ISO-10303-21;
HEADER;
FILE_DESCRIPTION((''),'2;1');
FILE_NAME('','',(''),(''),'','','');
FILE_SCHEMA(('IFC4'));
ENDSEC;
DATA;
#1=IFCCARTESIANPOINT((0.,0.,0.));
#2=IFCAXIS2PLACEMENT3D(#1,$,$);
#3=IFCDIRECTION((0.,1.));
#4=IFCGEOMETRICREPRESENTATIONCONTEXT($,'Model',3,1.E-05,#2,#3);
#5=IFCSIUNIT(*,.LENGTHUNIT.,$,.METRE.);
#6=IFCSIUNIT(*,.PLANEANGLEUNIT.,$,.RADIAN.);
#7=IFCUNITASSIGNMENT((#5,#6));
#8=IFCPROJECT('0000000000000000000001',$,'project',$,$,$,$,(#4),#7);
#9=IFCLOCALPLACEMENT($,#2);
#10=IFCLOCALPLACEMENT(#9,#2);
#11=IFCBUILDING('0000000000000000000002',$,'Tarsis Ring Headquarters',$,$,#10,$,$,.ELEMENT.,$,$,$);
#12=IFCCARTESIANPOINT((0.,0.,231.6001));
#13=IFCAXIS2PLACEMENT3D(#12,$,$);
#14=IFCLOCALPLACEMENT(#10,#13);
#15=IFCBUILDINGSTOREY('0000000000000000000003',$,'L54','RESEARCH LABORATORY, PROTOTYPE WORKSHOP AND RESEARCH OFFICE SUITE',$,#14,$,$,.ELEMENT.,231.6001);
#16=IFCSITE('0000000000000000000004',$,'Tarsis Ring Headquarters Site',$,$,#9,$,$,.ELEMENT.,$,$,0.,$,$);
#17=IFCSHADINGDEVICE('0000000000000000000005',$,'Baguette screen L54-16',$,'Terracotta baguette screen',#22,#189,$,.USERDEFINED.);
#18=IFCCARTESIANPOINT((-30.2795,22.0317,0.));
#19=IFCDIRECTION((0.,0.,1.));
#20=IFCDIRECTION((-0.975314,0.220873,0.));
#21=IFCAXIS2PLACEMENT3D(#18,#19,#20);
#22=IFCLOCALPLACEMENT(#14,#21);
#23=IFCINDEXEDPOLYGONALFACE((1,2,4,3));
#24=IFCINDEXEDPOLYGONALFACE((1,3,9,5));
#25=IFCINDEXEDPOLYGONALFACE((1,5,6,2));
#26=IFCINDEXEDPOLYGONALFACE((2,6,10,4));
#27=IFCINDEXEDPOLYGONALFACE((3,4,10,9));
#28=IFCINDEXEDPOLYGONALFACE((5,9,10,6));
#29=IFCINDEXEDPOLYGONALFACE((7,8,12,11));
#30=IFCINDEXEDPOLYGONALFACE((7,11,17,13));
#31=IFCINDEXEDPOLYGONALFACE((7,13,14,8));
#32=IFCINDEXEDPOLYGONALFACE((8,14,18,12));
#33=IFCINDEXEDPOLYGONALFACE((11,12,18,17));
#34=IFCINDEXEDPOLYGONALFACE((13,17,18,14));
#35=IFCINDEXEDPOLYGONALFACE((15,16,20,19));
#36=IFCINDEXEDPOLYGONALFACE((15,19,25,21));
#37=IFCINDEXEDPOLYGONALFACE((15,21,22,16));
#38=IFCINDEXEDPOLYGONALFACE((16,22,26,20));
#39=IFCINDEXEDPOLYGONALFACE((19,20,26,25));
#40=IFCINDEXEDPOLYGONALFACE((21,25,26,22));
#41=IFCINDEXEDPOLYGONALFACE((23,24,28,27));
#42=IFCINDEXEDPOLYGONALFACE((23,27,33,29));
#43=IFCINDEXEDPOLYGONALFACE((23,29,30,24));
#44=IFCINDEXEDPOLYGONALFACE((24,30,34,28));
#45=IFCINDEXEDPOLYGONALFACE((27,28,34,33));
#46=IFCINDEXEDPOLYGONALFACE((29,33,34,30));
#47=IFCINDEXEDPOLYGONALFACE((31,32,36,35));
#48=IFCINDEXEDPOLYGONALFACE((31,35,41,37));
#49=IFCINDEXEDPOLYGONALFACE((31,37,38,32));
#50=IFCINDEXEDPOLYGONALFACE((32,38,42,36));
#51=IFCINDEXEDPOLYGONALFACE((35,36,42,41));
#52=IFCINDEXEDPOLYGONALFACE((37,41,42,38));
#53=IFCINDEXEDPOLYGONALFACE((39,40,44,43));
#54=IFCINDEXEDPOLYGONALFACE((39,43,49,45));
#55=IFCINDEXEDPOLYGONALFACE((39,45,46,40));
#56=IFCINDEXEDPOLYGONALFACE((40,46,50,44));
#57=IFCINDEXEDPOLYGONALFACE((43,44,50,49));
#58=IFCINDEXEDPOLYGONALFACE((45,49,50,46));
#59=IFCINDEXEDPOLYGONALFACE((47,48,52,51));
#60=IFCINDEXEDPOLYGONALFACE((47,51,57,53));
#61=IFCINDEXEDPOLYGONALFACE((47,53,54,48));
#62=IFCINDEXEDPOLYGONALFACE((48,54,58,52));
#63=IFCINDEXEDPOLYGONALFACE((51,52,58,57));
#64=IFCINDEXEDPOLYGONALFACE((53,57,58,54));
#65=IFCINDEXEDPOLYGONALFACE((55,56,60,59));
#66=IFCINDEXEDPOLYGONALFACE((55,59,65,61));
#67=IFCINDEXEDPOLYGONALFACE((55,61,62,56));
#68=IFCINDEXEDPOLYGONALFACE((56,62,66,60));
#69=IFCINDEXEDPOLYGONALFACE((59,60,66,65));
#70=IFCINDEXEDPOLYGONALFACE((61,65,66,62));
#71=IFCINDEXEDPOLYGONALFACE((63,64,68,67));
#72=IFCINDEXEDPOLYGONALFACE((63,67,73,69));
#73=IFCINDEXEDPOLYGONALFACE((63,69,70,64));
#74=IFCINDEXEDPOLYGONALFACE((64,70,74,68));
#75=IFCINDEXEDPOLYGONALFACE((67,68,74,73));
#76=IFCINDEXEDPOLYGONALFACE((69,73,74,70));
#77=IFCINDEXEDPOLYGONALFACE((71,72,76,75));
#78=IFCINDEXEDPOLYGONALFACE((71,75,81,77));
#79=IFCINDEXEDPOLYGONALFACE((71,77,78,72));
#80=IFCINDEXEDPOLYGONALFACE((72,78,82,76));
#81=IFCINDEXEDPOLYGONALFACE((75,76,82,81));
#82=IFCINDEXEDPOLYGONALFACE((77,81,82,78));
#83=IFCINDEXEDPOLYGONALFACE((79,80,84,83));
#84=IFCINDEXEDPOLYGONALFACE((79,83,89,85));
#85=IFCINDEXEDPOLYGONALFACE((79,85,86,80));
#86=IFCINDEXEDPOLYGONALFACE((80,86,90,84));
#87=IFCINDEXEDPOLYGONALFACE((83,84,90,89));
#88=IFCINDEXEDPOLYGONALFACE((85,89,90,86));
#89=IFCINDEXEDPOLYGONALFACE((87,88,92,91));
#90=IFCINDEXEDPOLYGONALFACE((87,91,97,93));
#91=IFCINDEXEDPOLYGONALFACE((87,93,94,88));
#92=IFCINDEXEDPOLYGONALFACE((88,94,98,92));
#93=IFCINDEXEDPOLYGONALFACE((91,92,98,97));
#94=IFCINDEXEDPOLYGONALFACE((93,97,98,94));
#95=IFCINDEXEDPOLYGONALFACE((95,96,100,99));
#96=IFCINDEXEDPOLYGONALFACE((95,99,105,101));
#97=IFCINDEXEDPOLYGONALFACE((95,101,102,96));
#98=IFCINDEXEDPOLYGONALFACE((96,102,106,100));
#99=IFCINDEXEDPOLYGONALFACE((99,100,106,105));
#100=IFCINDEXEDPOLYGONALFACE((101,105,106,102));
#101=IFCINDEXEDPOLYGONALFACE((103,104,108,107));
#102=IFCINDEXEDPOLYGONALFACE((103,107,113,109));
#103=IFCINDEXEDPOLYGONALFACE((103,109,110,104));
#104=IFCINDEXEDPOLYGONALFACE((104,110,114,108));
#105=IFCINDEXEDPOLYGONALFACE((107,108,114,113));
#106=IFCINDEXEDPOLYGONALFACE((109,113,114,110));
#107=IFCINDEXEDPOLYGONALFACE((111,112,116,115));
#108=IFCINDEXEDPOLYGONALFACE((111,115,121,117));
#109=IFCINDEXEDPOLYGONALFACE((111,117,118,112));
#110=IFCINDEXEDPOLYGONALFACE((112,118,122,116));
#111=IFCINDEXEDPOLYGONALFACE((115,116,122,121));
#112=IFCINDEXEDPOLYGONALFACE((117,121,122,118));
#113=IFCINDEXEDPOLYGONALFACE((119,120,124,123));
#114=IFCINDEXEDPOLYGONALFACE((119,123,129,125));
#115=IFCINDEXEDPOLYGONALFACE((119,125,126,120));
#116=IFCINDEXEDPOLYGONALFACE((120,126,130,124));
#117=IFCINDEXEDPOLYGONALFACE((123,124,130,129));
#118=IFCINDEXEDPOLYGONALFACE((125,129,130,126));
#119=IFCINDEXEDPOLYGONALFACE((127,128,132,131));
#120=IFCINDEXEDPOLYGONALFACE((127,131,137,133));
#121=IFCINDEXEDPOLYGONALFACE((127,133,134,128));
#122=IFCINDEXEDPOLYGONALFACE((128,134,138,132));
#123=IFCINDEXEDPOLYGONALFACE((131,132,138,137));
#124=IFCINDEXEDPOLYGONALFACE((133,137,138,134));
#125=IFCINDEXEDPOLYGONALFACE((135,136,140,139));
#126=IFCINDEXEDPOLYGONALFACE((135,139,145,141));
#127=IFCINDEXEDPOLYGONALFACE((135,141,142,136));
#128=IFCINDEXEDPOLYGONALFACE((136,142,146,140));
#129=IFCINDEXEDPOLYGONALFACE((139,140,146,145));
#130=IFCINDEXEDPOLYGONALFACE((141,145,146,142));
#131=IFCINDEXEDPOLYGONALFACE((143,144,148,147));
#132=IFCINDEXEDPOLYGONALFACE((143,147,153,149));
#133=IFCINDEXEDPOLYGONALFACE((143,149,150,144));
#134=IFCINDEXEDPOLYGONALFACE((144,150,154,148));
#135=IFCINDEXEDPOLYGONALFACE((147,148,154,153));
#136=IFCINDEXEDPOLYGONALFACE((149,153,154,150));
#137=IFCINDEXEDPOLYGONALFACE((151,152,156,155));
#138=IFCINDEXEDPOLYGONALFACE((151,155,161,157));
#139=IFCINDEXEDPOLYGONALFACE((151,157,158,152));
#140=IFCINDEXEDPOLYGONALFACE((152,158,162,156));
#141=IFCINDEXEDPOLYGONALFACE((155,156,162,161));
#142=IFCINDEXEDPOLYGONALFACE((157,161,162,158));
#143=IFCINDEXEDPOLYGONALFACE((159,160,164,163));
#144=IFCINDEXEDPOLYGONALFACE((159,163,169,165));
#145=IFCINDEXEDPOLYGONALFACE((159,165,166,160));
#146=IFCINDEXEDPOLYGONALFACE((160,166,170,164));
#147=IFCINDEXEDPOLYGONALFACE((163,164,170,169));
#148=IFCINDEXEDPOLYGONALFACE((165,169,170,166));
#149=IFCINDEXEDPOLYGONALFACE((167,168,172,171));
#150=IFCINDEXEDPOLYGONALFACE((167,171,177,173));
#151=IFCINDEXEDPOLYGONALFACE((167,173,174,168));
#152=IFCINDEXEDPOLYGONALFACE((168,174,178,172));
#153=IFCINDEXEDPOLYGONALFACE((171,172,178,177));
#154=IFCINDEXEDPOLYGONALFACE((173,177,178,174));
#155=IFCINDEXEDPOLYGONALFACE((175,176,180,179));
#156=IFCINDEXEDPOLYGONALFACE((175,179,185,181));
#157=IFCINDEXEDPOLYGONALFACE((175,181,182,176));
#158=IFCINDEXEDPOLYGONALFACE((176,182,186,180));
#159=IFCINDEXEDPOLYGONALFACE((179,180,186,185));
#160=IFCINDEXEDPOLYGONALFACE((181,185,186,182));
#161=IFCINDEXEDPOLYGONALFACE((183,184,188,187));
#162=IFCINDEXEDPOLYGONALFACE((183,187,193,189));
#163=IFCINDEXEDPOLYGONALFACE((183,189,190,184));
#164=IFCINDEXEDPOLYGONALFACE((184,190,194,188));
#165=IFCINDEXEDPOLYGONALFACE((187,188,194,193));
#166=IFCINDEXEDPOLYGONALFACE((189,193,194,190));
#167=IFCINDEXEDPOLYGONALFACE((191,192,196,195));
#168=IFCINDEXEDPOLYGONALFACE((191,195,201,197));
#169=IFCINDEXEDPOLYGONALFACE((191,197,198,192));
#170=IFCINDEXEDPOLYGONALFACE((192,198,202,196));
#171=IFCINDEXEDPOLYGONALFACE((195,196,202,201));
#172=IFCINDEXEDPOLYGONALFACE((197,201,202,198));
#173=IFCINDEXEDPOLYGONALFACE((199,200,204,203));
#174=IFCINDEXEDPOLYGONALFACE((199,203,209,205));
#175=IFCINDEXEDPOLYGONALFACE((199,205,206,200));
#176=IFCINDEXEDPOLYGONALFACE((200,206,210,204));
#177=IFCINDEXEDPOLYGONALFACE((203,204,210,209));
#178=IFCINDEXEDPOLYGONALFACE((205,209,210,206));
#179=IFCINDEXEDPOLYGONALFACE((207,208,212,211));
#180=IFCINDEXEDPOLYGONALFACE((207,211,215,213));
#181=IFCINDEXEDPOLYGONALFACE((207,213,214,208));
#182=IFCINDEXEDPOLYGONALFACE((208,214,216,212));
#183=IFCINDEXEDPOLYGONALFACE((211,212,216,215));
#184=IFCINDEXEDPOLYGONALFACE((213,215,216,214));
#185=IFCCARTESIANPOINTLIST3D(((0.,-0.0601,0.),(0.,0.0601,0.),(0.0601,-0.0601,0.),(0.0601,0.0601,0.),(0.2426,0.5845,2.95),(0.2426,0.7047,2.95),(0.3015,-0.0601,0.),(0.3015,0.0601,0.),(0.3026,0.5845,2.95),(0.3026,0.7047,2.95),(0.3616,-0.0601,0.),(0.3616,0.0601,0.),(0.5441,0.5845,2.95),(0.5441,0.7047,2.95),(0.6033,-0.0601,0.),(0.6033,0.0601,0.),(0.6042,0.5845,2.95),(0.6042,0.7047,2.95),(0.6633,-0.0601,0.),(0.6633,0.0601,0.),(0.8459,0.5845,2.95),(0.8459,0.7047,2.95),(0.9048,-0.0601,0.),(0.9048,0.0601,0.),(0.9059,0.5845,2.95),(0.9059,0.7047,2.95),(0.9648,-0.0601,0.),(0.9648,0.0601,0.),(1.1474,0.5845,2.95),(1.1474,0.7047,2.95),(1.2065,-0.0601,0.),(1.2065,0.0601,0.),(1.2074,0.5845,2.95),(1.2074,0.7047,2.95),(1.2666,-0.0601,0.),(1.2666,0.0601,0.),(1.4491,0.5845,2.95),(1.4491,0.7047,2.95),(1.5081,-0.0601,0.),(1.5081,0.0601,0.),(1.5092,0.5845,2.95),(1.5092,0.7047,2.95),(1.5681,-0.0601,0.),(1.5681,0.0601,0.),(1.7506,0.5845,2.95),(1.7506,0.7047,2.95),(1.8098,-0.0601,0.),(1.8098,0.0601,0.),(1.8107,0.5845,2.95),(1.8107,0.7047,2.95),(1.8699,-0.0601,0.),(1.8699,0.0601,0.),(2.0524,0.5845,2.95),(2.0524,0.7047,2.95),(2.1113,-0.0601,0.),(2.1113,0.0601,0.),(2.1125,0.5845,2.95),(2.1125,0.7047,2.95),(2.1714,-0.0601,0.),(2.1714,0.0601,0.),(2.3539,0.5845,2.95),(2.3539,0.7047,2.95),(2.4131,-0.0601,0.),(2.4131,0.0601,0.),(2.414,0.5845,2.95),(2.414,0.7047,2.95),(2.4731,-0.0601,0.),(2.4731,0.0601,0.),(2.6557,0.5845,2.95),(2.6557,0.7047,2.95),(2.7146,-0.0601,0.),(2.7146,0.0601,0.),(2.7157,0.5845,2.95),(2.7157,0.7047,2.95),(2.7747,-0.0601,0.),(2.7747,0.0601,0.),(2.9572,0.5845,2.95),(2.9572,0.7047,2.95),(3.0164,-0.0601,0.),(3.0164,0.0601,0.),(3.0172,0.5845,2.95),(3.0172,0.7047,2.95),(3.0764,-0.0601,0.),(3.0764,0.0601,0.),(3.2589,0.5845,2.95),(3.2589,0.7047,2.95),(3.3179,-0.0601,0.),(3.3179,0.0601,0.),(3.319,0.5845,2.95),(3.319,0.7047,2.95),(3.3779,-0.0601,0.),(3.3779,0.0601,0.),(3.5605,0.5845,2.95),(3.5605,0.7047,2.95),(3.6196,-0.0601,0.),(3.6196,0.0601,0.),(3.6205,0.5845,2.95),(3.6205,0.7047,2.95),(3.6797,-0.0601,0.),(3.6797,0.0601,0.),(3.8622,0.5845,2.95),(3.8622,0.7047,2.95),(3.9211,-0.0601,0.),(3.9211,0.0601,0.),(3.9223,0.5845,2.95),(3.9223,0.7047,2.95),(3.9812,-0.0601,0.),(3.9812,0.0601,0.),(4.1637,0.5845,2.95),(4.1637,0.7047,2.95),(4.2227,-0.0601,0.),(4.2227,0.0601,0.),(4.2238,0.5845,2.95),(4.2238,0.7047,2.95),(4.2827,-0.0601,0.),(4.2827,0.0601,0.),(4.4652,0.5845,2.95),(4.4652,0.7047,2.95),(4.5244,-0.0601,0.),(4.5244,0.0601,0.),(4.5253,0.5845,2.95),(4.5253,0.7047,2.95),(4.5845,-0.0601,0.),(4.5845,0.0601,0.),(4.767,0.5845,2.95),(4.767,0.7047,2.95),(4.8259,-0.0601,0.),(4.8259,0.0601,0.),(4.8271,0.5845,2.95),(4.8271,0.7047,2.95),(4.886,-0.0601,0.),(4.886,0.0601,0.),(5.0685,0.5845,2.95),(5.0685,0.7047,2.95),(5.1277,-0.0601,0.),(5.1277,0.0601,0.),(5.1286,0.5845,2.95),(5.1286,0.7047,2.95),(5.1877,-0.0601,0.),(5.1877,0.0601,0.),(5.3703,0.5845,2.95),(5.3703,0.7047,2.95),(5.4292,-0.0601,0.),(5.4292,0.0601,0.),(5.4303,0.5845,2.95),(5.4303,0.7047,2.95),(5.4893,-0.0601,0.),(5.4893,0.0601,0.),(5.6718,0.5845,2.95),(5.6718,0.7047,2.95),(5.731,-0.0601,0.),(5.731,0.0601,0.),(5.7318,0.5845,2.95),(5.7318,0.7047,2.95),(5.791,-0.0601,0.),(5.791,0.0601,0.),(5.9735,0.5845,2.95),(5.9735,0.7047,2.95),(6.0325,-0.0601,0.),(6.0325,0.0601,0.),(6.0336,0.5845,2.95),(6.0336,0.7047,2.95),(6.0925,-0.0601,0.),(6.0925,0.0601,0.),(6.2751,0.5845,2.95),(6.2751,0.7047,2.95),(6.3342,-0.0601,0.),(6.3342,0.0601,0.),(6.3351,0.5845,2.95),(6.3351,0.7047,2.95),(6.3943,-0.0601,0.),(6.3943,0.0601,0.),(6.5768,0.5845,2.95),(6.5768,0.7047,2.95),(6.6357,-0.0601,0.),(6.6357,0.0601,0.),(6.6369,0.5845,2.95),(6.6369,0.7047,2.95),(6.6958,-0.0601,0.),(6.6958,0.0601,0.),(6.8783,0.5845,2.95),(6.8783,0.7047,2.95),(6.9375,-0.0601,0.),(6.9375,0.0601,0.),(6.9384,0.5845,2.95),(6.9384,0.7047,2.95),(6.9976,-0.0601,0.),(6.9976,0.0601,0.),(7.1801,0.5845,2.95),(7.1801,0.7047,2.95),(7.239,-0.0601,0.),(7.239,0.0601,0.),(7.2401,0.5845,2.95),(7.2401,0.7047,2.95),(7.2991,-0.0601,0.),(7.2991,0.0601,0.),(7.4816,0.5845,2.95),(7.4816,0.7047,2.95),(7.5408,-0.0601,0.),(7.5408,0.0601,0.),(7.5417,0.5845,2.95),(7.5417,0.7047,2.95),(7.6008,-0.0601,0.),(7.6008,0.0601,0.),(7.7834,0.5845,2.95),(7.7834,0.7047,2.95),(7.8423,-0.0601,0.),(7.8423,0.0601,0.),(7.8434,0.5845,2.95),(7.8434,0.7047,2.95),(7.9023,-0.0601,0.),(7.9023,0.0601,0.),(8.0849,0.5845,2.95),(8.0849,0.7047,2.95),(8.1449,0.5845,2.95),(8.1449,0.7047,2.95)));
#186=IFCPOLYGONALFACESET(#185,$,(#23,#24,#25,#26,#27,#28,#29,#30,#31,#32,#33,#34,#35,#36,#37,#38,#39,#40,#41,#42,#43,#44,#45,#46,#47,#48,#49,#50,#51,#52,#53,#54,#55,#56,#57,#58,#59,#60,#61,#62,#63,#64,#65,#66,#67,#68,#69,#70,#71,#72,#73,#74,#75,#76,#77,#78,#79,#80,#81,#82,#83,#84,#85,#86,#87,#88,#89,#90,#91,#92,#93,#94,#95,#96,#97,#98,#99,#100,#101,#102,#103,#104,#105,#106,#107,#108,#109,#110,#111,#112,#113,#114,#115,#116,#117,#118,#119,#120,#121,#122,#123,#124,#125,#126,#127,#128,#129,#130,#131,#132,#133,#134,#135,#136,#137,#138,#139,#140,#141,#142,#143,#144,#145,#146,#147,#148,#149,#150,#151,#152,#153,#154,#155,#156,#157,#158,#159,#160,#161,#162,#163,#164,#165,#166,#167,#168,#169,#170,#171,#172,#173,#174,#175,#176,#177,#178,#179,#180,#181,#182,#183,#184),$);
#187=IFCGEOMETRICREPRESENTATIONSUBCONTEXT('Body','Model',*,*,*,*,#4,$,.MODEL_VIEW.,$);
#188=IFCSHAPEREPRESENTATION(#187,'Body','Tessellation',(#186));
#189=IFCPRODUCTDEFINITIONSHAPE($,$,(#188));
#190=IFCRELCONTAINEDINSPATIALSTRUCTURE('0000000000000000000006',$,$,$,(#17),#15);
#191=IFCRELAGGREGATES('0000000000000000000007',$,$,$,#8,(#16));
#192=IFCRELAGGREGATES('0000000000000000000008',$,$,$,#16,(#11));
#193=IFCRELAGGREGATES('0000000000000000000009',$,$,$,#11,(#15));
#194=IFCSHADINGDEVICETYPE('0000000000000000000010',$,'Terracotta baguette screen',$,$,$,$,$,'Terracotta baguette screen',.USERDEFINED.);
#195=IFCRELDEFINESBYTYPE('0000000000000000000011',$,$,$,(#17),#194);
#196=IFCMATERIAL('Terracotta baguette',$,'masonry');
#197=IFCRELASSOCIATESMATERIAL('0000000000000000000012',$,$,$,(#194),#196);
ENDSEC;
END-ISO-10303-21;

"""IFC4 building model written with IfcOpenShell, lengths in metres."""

from ifc_helpers import new_model, si_unit, direction, frame, frame_2d, origin, place, context, subcontext, project, spatial, rectangle, composite_profile, extrude, material, type_object, element, save


model = new_model("IFC4")

# Units and contexts
model_context = context("Model", 3, precision=1e-05, world=origin(), true_north=direction((0.0, 1.0)))
body_context = subcontext(model_context, "Body", "Model", "MODEL_VIEW")
ifc_project = project(units=[si_unit("LENGTHUNIT", "METRE"), si_unit("PLANEANGLEUNIT", "RADIAN")], contexts=[model_context])

# Site, building, storey
site_placement = place(None, origin())
site = spatial("IfcSite", under=ifc_project, at=site_placement, Name="Tarsis Ring Headquarters Site", CompositionType="ELEMENT", RefElevation=0.0)
building_placement = place(site_placement, origin())
building = spatial("IfcBuilding", under=site, at=building_placement, Name="Tarsis Ring Headquarters", CompositionType="ELEMENT")
storey_placement = place(building_placement, frame((0.0, 0.0, 231.6001)))
storey = spatial("IfcBuildingStorey", under=building, at=storey_placement, Name="L54", Description="RESEARCH LABORATORY, PROTOTYPE WORKSHOP AND RESEARCH OFFICE SUITE", CompositionType="ELEMENT", Elevation=231.6001)

# Shading device
ifc_material_1 = material(Name="Terracotta baguette", Category="masonry")
shading_device_type = type_object("IfcShadingDeviceType", Name="Terracotta baguette screen", ElementType="Terracotta baguette screen", PredefinedType="USERDEFINED", material=ifc_material_1)
shading_device_1_placement = place(storey_placement, frame((-30.2795, 22.0317, 0.0), z_axis=(0.0, 0.0, 1.0), x_axis=(-0.975314, 0.220873, 0.0)))
element("IfcShadingDevice", 1, at=shading_device_1_placement, inside=storey, type_object=shading_device_type, Name="Baguette screen L54-16", ObjectType="Terracotta baguette screen", PredefinedType="USERDEFINED", context=body_context, shape_type="SweptSolid", body=[
    extrude(composite_profile([rectangle(XDim=0.0601, YDim=0.1201, at=frame_2d((0.03, 0.0))), rectangle(XDim=0.0601, YDim=0.1201, at=frame_2d((0.3315, 0.0))), rectangle(XDim=0.0601, YDim=0.1201, at=frame_2d((0.6333, 0.0))), rectangle(XDim=0.0601, YDim=0.1201, at=frame_2d((0.9348, 0.0))), rectangle(XDim=0.0601, YDim=0.1201, at=frame_2d((1.2366, 0.0))), rectangle(XDim=0.0601, YDim=0.1201, at=frame_2d((1.5381, 0.0))), rectangle(XDim=0.0601, YDim=0.1201, at=frame_2d((1.8398, 0.0))), rectangle(XDim=0.0601, YDim=0.1201, at=frame_2d((2.1414, 0.0))), rectangle(XDim=0.0601, YDim=0.1201, at=frame_2d((2.4431, 0.0))), rectangle(XDim=0.0601, YDim=0.1201, at=frame_2d((2.7446, 0.0))), rectangle(XDim=0.0601, YDim=0.1201, at=frame_2d((3.0464, 0.0))), rectangle(XDim=0.0601, YDim=0.1201, at=frame_2d((3.3479, 0.0))), rectangle(XDim=0.0601, YDim=0.1201, at=frame_2d((3.6497, 0.0))), rectangle(XDim=0.0601, YDim=0.1201, at=frame_2d((3.9512, 0.0))), rectangle(XDim=0.0601, YDim=0.1201, at=frame_2d((4.2527, 0.0))), rectangle(XDim=0.0601, YDim=0.1201, at=frame_2d((4.5544, 0.0))), rectangle(XDim=0.0601, YDim=0.1201, at=frame_2d((4.856, 0.0))), rectangle(XDim=0.0601, YDim=0.1201, at=frame_2d((5.1577, 0.0))), rectangle(XDim=0.0601, YDim=0.1201, at=frame_2d((5.4592, 0.0))), rectangle(XDim=0.0601, YDim=0.1201, at=frame_2d((5.761, 0.0))), rectangle(XDim=0.0601, YDim=0.1201, at=frame_2d((6.0625, 0.0))), rectangle(XDim=0.0601, YDim=0.1201, at=frame_2d((6.3643, 0.0))), rectangle(XDim=0.0601, YDim=0.1201, at=frame_2d((6.6658, 0.0))), rectangle(XDim=0.0601, YDim=0.1201, at=frame_2d((6.9675, 0.0))), rectangle(XDim=0.0601, YDim=0.1201, at=frame_2d((7.269, 0.0))), rectangle(XDim=0.0601, YDim=0.1201, at=frame_2d((7.5708, 0.0))), rectangle(XDim=0.0601, YDim=0.1201, at=frame_2d((7.8723, 0.0)))]), origin(), (0.080079, 0.212789, 0.973811), 3.0293),
])

save(model, "model.ifc")
